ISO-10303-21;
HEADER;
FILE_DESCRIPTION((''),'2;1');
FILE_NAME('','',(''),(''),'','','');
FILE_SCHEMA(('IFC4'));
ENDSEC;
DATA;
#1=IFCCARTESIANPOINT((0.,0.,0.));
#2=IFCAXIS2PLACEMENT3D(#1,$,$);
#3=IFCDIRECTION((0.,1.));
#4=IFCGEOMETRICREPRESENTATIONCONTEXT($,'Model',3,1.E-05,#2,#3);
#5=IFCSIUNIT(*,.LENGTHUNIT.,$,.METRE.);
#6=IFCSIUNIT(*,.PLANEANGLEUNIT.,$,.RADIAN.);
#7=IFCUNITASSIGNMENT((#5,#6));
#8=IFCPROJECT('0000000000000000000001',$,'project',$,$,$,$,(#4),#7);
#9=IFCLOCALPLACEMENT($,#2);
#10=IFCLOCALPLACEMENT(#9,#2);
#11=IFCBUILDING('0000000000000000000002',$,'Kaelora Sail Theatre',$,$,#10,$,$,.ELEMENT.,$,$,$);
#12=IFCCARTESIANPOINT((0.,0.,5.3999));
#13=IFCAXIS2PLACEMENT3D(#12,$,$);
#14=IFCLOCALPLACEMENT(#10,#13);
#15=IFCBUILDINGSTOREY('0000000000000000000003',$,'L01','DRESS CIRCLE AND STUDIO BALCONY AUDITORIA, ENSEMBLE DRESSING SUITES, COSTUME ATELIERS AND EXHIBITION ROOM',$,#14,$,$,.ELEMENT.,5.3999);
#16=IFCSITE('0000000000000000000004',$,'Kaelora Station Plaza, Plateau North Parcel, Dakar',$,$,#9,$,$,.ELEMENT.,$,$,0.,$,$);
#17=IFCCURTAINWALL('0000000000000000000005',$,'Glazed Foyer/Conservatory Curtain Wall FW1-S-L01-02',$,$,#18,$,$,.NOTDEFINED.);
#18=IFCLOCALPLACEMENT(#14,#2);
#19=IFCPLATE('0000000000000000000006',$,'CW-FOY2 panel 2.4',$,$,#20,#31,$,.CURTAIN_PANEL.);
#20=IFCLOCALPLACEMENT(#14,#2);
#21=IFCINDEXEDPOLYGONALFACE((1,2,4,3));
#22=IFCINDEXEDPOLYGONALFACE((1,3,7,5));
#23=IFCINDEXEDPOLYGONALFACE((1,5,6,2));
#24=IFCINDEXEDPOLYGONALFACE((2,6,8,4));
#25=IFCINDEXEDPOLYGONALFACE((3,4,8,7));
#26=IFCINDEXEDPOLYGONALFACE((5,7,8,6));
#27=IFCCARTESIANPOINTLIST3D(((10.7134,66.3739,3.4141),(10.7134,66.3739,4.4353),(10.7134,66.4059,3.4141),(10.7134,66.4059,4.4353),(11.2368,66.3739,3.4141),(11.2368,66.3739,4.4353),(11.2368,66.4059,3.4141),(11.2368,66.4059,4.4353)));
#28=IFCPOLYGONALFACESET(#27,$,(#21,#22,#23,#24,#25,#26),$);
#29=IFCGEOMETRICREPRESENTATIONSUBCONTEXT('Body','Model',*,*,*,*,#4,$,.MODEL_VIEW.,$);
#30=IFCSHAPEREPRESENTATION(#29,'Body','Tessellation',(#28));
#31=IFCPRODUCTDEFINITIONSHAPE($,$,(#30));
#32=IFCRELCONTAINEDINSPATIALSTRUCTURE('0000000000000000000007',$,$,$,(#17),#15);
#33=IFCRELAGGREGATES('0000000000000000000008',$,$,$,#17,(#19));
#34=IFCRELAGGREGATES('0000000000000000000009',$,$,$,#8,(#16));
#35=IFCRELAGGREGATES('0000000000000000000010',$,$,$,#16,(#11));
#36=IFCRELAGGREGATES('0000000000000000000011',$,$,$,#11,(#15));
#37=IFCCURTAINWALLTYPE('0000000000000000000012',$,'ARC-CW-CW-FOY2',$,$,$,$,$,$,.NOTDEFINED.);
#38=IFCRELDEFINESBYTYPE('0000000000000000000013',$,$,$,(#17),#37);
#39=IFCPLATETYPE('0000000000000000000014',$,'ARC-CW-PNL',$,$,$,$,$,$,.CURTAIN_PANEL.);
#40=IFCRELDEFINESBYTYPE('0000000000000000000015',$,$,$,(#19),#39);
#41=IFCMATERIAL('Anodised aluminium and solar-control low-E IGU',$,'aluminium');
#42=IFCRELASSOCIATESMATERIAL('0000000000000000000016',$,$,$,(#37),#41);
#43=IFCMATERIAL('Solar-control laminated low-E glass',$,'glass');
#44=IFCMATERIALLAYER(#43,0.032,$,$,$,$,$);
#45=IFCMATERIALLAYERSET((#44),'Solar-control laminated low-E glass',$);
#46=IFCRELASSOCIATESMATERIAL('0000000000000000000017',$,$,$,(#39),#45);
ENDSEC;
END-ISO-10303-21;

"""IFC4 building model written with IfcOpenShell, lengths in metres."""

from ifc_helpers import new_model, si_unit, direction, frame, origin, origin_2d, place, context, subcontext, project, spatial, rectangle, extrude, material, layer, layer_set, type_object, element, aggregate, save


model = new_model("IFC4")

# Units and contexts
model_context = context("Model", 3, precision=1e-05, world=origin(), true_north=direction((0.0, 1.0)))
body_context = subcontext(model_context, "Body", "Model", "MODEL_VIEW")
ifc_project = project(units=[si_unit("LENGTHUNIT", "METRE"), si_unit("PLANEANGLEUNIT", "RADIAN")], contexts=[model_context])

# Site, building, storey
site_placement = place(None, origin())
site = spatial("IfcSite", under=ifc_project, at=site_placement, Name="Kaelora Station Plaza, Plateau North Parcel, Dakar", CompositionType="ELEMENT", RefElevation=0.0)
building_placement = place(site_placement, origin())
building = spatial("IfcBuilding", under=site, at=building_placement, Name="Kaelora Sail Theatre", CompositionType="ELEMENT")
storey_placement = place(building_placement, frame((0.0, 0.0, 5.3999)))
storey = spatial("IfcBuildingStorey", under=building, at=storey_placement, Name="L01", Description="DRESS CIRCLE AND STUDIO BALCONY AUDITORIA, ENSEMBLE DRESSING SUITES, COSTUME ATELIERS AND EXHIBITION ROOM", CompositionType="ELEMENT", Elevation=5.3999)

# Curtain wall
ifc_material_1 = material(Name="Anodised aluminium and solar-control low-E IGU", Category="aluminium")
curtain_wall_type = type_object("IfcCurtainWallType", Name="ARC-CW-CW-FOY2", PredefinedType="NOTDEFINED", material=ifc_material_1)
curtain_wall_placement = place(storey_placement, origin())
curtain_wall = element("IfcCurtainWall", 1, at=curtain_wall_placement, inside=storey, type_object=curtain_wall_type, Name="Glazed Foyer/Conservatory Curtain Wall FW1-S-L01-02", PredefinedType="NOTDEFINED")

# Plate
ifc_material_2 = material(Name="Solar-control laminated low-E glass", Category="glass")
ifc_layer = layer(ifc_material_2, 0.032)
ifc_layer_set = layer_set([ifc_layer], Name="Solar-control laminated low-E glass")
plate_type = type_object("IfcPlateType", Name="ARC-CW-PNL", PredefinedType="CURTAIN_PANEL", material=ifc_layer_set)
plate_1_placement = place(storey_placement, frame((10.9751, 66.3899, 3.4141), z_axis=(0.0, 0.0, 1.0), x_axis=(1.0, 0.0, 0.0)))
plate_1 = element("IfcPlate", 2, at=plate_1_placement, type_object=plate_type, Name="CW-FOY2 panel 2.4", PredefinedType="CURTAIN_PANEL", context=body_context, shape_type="SweptSolid", body=[
    extrude(rectangle(XDim=0.5234, YDim=0.032, at=origin_2d()), origin(), (0.0, 0.0, 1.0), 1.0212),
])
aggregate(curtain_wall, [plate_1])

save(model, "model.ifc")
